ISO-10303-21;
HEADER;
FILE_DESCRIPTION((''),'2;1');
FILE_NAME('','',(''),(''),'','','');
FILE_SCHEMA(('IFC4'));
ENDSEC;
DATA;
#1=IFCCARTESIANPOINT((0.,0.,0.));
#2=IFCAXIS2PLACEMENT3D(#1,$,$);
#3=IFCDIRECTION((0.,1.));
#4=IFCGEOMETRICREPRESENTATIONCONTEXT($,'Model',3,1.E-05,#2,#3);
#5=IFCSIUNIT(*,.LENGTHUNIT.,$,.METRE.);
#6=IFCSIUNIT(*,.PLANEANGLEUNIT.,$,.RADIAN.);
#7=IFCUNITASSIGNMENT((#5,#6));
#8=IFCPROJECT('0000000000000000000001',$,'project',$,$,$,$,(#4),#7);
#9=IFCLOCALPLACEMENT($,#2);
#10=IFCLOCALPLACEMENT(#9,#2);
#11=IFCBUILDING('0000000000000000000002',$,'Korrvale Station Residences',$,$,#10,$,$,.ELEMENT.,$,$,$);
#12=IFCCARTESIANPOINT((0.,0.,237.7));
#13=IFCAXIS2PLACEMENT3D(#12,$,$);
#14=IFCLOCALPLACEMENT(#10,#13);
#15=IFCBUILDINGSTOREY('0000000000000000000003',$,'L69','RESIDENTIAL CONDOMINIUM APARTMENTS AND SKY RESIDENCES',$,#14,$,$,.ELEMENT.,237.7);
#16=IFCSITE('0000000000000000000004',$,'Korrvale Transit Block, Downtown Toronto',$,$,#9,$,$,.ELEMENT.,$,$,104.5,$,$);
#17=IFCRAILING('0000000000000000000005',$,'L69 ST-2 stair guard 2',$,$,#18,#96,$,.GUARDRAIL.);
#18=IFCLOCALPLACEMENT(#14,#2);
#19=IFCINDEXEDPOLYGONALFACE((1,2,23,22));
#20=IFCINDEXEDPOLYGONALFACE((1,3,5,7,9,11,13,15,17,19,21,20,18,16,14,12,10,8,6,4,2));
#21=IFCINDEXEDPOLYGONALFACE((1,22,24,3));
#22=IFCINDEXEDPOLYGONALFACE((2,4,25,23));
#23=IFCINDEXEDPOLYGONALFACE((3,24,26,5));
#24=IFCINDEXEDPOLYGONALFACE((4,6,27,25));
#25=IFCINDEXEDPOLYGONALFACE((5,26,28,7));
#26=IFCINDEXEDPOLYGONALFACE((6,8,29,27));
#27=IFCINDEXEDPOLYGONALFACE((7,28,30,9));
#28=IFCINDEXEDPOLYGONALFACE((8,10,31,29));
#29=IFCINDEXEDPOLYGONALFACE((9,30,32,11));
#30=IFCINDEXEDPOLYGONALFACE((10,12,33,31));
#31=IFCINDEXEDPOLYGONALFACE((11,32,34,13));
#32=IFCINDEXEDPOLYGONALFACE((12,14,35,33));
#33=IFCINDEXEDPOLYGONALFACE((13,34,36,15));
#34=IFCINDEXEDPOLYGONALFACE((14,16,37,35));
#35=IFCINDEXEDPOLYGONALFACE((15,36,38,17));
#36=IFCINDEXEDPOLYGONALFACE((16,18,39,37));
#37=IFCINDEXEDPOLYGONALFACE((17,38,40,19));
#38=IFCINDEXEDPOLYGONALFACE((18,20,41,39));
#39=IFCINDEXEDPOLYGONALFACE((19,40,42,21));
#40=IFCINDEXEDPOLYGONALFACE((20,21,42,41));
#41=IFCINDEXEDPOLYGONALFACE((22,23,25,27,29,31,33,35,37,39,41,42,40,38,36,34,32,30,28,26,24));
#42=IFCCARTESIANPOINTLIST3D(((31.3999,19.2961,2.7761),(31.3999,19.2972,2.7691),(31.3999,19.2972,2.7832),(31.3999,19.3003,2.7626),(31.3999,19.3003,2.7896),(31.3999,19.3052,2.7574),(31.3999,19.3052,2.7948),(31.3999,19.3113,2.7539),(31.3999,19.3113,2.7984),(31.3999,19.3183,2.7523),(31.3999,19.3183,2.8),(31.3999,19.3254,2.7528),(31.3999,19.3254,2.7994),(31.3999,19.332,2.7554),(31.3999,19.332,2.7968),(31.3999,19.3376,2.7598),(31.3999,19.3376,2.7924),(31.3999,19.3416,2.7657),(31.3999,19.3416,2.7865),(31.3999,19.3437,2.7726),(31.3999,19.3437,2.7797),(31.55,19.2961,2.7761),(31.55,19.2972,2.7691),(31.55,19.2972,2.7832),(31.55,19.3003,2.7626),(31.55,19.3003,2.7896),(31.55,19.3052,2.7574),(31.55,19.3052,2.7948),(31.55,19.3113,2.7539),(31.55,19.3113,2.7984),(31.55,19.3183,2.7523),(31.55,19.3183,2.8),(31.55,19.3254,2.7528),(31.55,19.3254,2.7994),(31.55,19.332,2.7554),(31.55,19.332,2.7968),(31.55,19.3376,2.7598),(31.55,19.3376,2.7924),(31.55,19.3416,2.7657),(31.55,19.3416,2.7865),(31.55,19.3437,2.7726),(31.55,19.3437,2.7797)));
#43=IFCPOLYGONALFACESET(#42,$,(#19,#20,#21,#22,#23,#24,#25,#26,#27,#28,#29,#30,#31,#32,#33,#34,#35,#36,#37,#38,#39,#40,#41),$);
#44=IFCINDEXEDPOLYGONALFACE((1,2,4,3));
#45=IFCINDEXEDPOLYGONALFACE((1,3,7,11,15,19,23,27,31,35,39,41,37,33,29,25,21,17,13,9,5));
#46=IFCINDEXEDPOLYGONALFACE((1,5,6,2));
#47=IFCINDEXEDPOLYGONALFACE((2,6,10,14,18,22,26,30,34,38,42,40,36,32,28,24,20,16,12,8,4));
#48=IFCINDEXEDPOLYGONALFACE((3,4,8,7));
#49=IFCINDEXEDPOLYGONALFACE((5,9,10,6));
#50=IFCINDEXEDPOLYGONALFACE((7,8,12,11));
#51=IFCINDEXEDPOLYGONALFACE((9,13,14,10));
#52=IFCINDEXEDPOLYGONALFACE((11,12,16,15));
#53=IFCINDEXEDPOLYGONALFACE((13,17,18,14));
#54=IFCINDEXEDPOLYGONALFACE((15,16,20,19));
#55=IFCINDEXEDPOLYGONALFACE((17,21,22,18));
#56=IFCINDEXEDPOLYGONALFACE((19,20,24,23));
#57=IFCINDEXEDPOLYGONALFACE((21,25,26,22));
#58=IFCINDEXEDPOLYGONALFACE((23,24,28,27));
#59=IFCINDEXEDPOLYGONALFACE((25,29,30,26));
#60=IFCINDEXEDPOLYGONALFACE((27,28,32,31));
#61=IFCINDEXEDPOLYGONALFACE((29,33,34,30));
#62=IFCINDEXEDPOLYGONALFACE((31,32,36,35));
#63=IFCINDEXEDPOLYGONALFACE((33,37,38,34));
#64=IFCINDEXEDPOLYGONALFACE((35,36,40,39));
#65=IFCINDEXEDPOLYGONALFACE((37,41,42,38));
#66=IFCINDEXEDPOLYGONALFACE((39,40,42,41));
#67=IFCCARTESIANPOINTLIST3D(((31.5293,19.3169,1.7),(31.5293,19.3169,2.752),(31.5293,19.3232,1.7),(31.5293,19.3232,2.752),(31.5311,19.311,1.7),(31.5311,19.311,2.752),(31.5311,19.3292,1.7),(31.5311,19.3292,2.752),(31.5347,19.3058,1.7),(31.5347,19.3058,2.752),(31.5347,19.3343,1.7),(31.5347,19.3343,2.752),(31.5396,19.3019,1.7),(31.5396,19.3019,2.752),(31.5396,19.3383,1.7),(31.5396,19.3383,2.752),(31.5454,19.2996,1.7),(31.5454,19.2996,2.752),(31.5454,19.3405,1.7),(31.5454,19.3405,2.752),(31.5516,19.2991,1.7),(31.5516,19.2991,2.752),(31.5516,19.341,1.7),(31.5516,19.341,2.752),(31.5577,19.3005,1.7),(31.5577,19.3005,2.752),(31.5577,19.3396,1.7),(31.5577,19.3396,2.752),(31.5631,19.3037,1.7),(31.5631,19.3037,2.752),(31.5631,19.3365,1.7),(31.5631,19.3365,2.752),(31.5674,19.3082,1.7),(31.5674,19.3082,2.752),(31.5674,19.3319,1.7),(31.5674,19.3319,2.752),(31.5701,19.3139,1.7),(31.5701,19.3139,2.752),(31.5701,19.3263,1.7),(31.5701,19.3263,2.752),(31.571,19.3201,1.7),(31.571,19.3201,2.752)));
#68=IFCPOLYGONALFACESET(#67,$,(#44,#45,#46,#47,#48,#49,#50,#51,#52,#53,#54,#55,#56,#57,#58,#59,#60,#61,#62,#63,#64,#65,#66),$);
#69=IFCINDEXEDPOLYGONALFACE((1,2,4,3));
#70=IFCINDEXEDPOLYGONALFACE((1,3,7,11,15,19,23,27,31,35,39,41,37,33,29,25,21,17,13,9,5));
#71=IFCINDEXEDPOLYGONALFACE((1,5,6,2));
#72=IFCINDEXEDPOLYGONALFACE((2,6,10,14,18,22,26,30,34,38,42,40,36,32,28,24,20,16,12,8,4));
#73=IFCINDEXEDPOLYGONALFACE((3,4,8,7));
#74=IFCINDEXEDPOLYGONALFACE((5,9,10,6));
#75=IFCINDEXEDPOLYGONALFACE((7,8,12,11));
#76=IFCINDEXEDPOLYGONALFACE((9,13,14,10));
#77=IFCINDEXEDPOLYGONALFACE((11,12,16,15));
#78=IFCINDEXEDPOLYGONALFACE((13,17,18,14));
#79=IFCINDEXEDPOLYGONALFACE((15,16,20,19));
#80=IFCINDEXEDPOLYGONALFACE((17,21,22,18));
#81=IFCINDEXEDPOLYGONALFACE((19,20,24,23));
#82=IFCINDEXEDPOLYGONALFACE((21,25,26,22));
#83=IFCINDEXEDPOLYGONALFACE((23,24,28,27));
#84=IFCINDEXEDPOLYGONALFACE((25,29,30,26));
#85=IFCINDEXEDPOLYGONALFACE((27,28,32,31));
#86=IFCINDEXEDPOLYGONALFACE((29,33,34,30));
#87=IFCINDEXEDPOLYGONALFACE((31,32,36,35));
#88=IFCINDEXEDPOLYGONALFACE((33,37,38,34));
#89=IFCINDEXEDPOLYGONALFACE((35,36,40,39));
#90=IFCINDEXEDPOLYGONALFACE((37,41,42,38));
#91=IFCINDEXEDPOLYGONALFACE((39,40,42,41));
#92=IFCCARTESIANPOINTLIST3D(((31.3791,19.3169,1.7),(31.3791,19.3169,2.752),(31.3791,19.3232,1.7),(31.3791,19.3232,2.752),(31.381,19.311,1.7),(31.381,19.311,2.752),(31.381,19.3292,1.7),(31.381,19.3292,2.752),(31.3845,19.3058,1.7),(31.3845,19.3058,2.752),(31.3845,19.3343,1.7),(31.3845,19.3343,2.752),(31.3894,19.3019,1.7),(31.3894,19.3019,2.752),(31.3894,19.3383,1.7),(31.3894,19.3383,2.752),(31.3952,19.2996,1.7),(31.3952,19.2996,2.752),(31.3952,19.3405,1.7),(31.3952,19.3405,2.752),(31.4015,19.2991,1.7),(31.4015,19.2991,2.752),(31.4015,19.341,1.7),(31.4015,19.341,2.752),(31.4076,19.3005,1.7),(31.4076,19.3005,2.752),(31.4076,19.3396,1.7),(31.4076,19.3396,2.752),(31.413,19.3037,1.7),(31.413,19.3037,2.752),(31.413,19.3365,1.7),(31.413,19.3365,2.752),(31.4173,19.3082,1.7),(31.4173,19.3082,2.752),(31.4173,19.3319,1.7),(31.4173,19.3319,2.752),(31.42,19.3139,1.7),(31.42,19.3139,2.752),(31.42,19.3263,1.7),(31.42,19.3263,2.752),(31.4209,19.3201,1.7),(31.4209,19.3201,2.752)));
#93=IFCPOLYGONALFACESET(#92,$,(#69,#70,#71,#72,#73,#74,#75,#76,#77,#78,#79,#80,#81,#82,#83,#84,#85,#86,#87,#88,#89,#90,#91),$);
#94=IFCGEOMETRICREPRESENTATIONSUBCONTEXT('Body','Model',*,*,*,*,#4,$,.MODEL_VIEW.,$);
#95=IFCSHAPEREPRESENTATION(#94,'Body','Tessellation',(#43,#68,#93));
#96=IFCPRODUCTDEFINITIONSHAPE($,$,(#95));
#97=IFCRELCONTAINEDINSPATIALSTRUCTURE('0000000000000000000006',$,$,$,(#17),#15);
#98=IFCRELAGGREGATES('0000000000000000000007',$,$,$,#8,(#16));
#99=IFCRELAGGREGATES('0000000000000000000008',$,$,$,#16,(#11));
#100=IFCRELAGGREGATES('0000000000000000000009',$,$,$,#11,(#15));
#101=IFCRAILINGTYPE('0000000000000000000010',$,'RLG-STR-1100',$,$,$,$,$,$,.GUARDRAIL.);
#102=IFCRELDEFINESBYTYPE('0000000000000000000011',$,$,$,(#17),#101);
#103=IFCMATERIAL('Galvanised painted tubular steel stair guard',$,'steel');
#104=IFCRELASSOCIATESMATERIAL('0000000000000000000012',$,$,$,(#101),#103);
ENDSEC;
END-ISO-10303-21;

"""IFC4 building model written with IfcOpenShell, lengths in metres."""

from ifc_helpers import new_model, si_unit, direction, frame, origin, origin_2d, place, context, subcontext, project, spatial, circle, extrude, material, type_object, element, save


model = new_model("IFC4")

# Units and contexts
model_context = context("Model", 3, precision=1e-05, world=origin(), true_north=direction((0.0, 1.0)))
body_context = subcontext(model_context, "Body", "Model", "MODEL_VIEW")
ifc_project = project(units=[si_unit("LENGTHUNIT", "METRE"), si_unit("PLANEANGLEUNIT", "RADIAN")], contexts=[model_context])

# Site, building, storey
site_placement = place(None, origin())
site = spatial("IfcSite", under=ifc_project, at=site_placement, Name="Korrvale Transit Block, Downtown Toronto", CompositionType="ELEMENT", RefElevation=104.5)
building_placement = place(site_placement, origin())
building = spatial("IfcBuilding", under=site, at=building_placement, Name="Korrvale Station Residences", CompositionType="ELEMENT")
storey_placement = place(building_placement, frame((0.0, 0.0, 237.7)))
storey = spatial("IfcBuildingStorey", under=building, at=storey_placement, Name="L69", Description="RESIDENTIAL CONDOMINIUM APARTMENTS AND SKY RESIDENCES", CompositionType="ELEMENT", Elevation=237.7)

# Railing
ifc_material_1 = material(Name="Galvanised painted tubular steel stair guard", Category="steel")
railing_type_1 = type_object("IfcRailingType", Name="RLG-STR-1100", PredefinedType="GUARDRAIL", material=ifc_material_1)
railing_1_placement = place(storey_placement, frame((31.55, 19.3201, 1.7)))
element("IfcRailing", 1, at=railing_1_placement, inside=storey, type_object=railing_type_1, Name="L69 ST-2 stair guard 2", PredefinedType="GUARDRAIL", context=body_context, shape_type="SweptSolid", body=[
    extrude(circle(Radius=0.0239, at=origin_2d()), frame((0.0, 0.0, 1.0762), z_axis=(-1.0, 0.0, 0.0), x_axis=(0.0, -1.0, 0.0)), (0.0, 0.0, 1.0), 0.1501),
    extrude(circle(Radius=0.021, at=origin_2d()), origin(), (0.0, 0.0, 1.0), 1.052),
    extrude(circle(Radius=0.021, at=origin_2d()), frame((-0.1501, 0.0, 0.0)), (0.0, 0.0, 1.0), 1.052),
])

save(model, "model.ifc")
